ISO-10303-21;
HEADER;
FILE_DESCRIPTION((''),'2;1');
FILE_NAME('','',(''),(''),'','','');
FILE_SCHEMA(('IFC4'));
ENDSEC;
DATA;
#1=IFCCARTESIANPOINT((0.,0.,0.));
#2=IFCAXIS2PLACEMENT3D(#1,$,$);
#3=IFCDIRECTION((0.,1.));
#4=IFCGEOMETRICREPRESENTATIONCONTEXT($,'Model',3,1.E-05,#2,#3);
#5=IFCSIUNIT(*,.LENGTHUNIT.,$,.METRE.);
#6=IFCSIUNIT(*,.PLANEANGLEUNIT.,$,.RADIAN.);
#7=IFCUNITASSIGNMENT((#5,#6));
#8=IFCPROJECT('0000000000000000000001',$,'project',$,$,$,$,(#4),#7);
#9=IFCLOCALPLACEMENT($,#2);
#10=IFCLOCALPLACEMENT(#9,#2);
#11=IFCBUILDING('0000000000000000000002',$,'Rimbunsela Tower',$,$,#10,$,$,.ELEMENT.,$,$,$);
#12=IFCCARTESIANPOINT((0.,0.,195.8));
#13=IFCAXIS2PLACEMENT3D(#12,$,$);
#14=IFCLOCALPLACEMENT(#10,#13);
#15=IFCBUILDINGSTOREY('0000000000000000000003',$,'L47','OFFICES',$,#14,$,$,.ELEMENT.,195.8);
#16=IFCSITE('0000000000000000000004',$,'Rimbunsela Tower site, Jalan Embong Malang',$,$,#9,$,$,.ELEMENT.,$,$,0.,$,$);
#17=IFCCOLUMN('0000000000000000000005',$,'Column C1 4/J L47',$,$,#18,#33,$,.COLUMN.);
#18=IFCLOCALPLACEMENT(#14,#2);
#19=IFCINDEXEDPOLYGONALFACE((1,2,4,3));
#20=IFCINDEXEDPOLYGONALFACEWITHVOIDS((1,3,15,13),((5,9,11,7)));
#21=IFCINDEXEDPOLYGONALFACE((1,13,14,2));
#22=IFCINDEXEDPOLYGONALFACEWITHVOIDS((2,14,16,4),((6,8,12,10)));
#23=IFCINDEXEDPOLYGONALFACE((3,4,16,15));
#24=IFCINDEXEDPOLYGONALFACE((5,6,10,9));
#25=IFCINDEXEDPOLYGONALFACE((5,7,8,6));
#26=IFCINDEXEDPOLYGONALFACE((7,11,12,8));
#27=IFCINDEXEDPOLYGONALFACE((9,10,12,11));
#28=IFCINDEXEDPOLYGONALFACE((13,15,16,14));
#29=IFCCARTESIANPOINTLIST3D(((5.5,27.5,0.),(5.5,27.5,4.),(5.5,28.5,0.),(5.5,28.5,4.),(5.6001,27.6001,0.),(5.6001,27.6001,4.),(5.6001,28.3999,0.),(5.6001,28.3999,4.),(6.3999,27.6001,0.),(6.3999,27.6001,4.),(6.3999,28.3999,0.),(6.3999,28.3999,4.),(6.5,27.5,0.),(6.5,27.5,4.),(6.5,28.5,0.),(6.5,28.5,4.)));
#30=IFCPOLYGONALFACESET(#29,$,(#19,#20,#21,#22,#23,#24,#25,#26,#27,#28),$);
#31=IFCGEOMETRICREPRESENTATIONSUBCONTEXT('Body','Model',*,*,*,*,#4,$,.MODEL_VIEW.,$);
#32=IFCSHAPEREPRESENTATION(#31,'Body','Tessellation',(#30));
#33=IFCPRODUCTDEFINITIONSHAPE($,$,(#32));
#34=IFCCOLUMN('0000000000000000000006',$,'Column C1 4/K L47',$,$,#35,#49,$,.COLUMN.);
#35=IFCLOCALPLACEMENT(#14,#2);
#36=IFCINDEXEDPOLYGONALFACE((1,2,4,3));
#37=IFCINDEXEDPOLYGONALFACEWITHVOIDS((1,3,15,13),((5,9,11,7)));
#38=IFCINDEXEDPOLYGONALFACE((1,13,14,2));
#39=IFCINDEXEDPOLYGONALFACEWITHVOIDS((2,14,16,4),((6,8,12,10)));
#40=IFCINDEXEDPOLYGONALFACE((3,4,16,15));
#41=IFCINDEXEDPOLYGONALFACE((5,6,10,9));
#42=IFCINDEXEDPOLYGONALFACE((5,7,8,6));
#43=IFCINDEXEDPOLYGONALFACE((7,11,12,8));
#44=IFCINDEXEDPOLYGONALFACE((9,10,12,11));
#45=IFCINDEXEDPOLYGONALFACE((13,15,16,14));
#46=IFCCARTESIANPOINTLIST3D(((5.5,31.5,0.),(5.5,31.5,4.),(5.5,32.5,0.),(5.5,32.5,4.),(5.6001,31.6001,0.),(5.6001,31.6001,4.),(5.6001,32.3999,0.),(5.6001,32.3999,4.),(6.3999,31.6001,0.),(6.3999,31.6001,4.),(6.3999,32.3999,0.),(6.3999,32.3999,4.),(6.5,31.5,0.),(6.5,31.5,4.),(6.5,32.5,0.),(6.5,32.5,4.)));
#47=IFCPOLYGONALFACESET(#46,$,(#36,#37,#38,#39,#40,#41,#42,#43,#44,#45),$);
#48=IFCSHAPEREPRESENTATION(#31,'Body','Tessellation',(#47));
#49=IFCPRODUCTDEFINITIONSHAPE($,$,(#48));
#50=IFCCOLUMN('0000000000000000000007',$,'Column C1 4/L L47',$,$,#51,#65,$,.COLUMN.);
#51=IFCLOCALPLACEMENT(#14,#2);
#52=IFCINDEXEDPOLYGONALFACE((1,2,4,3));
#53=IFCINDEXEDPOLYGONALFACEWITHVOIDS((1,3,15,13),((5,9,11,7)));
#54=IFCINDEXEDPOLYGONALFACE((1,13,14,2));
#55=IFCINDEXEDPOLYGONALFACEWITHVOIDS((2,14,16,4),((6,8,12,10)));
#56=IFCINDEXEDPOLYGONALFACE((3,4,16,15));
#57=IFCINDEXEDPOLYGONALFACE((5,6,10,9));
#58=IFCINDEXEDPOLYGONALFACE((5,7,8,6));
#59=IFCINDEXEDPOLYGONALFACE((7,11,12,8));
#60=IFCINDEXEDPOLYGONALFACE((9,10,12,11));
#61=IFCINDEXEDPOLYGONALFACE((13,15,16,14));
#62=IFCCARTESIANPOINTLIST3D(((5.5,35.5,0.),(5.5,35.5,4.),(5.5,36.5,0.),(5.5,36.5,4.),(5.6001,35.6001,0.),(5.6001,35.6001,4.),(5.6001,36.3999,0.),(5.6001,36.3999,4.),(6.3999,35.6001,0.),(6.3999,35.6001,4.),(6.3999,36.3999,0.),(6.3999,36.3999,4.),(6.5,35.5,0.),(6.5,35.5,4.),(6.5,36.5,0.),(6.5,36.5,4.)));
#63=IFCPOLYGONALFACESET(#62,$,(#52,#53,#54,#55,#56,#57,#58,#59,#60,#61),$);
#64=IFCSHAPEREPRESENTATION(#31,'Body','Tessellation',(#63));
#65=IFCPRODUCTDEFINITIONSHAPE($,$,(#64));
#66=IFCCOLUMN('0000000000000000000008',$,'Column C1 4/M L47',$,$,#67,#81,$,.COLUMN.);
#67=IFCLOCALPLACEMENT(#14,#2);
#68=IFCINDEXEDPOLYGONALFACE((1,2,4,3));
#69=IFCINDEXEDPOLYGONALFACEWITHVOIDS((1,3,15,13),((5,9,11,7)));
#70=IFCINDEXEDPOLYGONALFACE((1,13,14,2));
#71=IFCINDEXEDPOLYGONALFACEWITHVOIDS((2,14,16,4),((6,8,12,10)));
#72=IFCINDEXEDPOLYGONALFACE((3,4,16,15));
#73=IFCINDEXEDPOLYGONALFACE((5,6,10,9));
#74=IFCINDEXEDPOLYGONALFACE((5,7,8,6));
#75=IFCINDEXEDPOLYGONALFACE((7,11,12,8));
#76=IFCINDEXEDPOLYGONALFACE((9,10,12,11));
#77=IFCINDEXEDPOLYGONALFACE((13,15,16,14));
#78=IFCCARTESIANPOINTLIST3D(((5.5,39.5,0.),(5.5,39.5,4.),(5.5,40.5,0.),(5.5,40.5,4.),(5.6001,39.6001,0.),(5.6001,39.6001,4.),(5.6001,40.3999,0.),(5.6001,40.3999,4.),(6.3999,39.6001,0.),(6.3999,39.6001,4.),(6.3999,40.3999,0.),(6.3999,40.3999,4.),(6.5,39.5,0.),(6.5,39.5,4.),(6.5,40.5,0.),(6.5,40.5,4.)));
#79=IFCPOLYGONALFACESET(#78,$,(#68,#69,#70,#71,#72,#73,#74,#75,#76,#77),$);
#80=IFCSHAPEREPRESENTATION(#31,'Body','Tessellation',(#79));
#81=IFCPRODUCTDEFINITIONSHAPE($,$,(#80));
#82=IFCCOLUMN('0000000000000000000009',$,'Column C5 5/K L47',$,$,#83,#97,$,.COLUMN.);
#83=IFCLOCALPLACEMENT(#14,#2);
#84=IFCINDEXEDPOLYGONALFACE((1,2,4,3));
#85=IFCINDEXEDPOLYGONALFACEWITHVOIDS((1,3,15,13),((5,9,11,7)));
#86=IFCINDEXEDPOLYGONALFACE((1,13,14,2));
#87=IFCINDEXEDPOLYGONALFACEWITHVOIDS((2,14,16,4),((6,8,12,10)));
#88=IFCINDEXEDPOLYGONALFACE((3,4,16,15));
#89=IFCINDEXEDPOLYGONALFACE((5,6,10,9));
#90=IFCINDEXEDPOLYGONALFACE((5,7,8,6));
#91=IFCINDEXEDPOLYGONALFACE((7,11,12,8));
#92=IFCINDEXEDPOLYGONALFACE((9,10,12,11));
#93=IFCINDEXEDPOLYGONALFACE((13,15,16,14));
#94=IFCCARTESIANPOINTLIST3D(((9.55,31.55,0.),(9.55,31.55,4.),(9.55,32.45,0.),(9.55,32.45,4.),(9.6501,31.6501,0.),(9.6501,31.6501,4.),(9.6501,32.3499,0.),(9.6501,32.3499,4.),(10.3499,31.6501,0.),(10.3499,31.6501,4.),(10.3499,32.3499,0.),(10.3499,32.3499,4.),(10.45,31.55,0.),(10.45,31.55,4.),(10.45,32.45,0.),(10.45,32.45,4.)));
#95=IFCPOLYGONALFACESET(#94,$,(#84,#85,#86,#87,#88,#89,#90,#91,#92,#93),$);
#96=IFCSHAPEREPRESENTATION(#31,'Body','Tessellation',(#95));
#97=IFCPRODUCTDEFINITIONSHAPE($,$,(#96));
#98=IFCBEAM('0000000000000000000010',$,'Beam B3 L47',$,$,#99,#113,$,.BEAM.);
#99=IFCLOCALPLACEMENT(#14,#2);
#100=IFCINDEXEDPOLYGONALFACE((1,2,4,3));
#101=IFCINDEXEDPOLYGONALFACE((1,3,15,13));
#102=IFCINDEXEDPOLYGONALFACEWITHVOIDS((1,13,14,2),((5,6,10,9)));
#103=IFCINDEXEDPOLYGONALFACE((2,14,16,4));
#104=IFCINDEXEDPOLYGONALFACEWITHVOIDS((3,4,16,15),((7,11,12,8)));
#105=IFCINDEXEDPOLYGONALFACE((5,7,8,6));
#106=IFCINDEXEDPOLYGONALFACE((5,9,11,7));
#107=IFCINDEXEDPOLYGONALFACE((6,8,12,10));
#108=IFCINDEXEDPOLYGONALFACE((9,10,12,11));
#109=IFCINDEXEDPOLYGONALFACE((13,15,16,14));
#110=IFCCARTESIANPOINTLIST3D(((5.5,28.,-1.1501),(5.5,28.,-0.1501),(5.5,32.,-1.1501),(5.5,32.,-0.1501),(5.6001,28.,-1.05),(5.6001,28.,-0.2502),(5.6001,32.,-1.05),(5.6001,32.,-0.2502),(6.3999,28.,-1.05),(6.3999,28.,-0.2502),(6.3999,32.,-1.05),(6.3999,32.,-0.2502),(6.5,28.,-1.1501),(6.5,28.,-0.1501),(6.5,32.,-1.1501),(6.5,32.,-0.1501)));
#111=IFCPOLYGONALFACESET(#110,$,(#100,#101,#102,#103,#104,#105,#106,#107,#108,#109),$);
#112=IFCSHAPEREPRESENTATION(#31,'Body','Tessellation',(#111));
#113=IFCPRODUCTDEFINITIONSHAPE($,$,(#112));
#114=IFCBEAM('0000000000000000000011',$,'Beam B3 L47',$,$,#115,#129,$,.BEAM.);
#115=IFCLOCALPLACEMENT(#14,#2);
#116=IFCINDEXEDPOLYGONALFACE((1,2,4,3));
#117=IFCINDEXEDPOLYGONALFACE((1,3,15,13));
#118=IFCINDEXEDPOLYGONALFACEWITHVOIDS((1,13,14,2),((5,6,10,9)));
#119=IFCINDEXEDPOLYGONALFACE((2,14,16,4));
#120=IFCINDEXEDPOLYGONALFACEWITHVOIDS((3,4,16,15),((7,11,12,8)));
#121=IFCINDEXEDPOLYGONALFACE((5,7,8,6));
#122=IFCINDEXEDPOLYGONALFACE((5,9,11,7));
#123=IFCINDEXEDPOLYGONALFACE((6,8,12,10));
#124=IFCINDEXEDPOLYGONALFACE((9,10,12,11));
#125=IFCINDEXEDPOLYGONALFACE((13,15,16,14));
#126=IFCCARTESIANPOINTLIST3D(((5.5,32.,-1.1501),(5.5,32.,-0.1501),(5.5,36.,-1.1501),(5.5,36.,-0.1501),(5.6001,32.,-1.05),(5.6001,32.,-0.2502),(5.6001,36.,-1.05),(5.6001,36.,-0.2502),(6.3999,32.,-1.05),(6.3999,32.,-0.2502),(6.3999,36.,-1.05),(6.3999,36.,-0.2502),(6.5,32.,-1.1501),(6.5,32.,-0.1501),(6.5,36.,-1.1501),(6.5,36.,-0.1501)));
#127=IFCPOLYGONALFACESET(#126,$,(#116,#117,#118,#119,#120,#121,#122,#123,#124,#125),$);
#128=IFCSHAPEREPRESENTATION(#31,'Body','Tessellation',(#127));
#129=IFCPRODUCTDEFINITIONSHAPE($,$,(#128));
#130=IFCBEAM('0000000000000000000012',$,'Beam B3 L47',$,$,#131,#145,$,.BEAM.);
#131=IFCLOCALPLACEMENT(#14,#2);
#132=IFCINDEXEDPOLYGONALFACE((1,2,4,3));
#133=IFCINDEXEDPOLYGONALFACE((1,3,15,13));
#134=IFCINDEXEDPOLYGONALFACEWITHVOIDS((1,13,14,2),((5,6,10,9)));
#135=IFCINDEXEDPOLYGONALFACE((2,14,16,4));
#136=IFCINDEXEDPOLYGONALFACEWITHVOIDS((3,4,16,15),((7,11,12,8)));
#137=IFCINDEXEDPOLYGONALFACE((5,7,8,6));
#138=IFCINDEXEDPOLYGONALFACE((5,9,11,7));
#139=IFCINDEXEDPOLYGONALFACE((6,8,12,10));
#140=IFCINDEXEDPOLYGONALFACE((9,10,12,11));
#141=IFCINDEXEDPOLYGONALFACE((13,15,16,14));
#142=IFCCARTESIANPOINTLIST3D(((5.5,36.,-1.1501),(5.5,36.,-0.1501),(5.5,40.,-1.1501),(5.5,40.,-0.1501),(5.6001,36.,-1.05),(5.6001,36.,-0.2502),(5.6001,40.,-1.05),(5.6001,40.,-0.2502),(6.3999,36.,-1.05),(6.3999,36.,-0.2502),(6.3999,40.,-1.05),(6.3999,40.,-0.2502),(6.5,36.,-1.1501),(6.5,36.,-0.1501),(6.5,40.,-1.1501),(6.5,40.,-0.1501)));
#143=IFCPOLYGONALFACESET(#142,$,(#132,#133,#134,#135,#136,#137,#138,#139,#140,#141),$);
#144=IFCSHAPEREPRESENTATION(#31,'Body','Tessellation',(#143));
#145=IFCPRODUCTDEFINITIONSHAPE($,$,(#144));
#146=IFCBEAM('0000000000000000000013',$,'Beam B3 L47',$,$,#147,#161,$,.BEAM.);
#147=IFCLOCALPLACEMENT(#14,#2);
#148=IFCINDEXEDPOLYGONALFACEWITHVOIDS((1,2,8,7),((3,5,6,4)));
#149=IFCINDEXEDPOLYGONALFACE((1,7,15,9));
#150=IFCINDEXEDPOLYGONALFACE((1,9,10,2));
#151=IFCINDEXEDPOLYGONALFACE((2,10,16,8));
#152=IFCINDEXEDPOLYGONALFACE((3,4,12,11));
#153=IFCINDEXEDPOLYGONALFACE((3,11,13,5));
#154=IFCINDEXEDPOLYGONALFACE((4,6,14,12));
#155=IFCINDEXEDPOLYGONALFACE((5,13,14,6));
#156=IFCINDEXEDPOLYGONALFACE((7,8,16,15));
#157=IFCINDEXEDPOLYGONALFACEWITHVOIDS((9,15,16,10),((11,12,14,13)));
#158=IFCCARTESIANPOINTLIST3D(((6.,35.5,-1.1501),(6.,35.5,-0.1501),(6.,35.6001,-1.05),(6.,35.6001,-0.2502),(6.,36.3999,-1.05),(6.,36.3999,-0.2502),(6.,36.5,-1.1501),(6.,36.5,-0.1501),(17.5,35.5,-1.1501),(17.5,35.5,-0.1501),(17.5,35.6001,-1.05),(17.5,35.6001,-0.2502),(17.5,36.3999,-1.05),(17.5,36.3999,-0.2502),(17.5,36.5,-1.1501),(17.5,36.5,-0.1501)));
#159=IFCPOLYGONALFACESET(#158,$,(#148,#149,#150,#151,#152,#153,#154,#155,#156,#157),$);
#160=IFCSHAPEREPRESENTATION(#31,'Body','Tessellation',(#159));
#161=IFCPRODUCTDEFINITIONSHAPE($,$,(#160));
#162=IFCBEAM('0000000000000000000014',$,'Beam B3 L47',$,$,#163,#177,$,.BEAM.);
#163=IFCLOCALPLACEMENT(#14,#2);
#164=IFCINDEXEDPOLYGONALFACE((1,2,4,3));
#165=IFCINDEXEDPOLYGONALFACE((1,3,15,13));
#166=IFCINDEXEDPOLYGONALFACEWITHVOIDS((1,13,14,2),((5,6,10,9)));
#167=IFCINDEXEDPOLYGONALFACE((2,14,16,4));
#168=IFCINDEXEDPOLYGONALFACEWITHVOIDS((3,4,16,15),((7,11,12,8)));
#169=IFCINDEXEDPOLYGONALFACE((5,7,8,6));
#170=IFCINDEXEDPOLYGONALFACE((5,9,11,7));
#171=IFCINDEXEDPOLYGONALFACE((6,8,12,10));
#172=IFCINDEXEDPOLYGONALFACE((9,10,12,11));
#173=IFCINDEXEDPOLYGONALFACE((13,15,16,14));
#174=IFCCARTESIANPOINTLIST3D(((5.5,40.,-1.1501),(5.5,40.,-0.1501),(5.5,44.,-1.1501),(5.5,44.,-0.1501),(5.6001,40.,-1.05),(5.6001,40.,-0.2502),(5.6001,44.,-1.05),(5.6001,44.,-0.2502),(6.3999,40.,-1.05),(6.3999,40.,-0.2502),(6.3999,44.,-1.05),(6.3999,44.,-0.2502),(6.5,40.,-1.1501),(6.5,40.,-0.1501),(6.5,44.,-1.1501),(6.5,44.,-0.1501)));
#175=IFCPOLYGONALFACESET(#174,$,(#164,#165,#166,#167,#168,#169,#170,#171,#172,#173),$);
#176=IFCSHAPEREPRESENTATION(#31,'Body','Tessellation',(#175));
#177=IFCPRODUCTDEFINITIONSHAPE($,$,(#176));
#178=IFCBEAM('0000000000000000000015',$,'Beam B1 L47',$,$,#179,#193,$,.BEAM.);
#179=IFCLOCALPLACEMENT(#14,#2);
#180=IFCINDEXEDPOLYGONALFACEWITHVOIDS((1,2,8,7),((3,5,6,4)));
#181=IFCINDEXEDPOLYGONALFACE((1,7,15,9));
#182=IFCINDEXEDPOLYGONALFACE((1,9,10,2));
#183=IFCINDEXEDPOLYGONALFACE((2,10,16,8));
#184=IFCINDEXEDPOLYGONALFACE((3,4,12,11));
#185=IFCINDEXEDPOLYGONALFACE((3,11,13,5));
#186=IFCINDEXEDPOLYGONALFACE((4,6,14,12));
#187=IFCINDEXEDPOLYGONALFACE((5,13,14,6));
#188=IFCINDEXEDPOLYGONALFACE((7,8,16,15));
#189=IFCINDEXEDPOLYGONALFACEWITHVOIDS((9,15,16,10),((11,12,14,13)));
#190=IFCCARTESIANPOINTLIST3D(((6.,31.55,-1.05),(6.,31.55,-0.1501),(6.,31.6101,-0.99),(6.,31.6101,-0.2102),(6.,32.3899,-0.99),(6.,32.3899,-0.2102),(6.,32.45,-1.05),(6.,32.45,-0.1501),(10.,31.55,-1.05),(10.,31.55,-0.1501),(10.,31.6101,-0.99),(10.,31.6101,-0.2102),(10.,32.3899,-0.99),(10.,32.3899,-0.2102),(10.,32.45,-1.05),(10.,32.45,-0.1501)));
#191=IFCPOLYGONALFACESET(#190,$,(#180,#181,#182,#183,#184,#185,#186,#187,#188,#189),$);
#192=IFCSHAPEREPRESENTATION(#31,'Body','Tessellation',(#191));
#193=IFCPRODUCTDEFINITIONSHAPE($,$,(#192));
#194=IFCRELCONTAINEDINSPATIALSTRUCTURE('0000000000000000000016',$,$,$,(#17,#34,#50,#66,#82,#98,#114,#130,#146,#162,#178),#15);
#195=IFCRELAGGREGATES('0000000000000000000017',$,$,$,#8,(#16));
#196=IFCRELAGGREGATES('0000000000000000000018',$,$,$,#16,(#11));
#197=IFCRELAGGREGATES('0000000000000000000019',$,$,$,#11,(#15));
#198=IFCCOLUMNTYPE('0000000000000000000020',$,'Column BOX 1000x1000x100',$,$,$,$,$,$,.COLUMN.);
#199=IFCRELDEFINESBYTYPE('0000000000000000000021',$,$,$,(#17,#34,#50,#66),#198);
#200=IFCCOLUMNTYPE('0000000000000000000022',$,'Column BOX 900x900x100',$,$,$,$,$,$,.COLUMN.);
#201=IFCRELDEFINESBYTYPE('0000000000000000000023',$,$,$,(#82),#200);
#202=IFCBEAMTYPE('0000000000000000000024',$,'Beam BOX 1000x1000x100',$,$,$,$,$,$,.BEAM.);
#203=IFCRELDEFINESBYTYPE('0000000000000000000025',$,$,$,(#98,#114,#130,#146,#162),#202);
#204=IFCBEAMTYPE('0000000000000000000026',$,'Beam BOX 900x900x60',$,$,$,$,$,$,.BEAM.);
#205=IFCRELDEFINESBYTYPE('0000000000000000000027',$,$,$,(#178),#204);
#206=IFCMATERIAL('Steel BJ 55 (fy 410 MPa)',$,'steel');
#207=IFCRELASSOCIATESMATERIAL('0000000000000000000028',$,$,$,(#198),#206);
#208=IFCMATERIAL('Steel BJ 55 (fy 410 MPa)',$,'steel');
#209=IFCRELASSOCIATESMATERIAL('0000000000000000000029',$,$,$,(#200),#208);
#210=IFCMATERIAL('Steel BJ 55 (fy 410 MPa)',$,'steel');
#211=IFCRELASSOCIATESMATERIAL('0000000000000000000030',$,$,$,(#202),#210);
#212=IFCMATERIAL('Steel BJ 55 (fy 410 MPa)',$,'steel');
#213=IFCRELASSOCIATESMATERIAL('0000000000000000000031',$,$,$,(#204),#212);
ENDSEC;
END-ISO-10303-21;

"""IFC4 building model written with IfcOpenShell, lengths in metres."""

from ifc_helpers import new_model, si_unit, direction, frame, origin, origin_2d, place, context, subcontext, project, spatial, hollow_rectangle, extrude, material, material_profile, profile_set, type_object, element, save


model = new_model("IFC4")

# Units and contexts
model_context = context("Model", 3, precision=1e-05, world=origin(), true_north=direction((0.0, 1.0)))
body_context = subcontext(model_context, "Body", "Model", "MODEL_VIEW")
ifc_project = project(units=[si_unit("LENGTHUNIT", "METRE"), si_unit("PLANEANGLEUNIT", "RADIAN")], contexts=[model_context])

# Site, building, storey
site_placement = place(None, origin())
site = spatial("IfcSite", under=ifc_project, at=site_placement, Name="Rimbunsela Tower site, Jalan Embong Malang", CompositionType="ELEMENT", RefElevation=0.0)
building_placement = place(site_placement, origin())
building = spatial("IfcBuilding", under=site, at=building_placement, Name="Rimbunsela Tower", CompositionType="ELEMENT")
storey_placement = place(building_placement, frame((0.0, 0.0, 195.8)))
storey = spatial("IfcBuildingStorey", under=building, at=storey_placement, Name="L47", Description="OFFICES", CompositionType="ELEMENT", Elevation=195.8)

# Columns
ifc_material_1 = material(Name="Steel BJ 55 (fy 410 MPa)", Category="steel")
ifc_material_profile_1 = material_profile(ifc_material_1, hollow_rectangle(XDim=1.0, YDim=1.0, WallThickness=0.1001, at=origin_2d()), Name="BOX 1000x1000x100")
ifc_profile_set_1 = profile_set([ifc_material_profile_1], Name="Steel BJ 55 (fy 410 MPa)")
column_type_1 = type_object("IfcColumnType", Name="Column BOX 1000x1000x100", PredefinedType="COLUMN", material=ifc_profile_set_1)
for number, where, z_axis, x_axis, name in (
    (1, (6.0, 28.0, 0.0), (0.0, 0.0, 1.0), (1.0, 0.0, 0.0), "Column C1 4/J L47"),
    (2, (6.0, 32.0, 0.0), (0.0, 0.0, 1.0), (1.0, 0.0, 0.0), "Column C1 4/K L47"),
    (3, (6.0, 36.0, 0.0), (0.0, 0.0, 1.0), (1.0, 0.0, 0.0), "Column C1 4/L L47"),
    (4, (6.0, 40.0, 0.0), (0.0, 0.0, 1.0), (1.0, 0.0, 0.0), "Column C1 4/M L47"),
):
    element("IfcColumn", number, at=place(storey_placement, frame(where, z_axis=z_axis, x_axis=x_axis)), inside=storey, type_object=column_type_1, Name=name, PredefinedType="COLUMN", context=body_context, shape_type="SweptSolid", body=[
        extrude(hollow_rectangle(XDim=1.0, YDim=1.0, WallThickness=0.1001, at=origin_2d()), origin(), (0.0, 0.0, 1.0), 4.0),
    ])
ifc_material_2 = material(Name="Steel BJ 55 (fy 410 MPa)", Category="steel")
ifc_material_profile_2 = material_profile(ifc_material_2, hollow_rectangle(XDim=0.8999, YDim=0.8999, WallThickness=0.1001, at=origin_2d()), Name="BOX 900x900x100")
ifc_profile_set_2 = profile_set([ifc_material_profile_2], Name="Steel BJ 55 (fy 410 MPa)")
column_type_2 = type_object("IfcColumnType", Name="Column BOX 900x900x100", PredefinedType="COLUMN", material=ifc_profile_set_2)
column_placement = place(storey_placement, frame((10.0, 32.0, 0.0), z_axis=(0.0, 0.0, 1.0), x_axis=(1.0, 0.0, 0.0)))
element("IfcColumn", 5, at=column_placement, inside=storey, type_object=column_type_2, Name="Column C5 5/K L47", PredefinedType="COLUMN", context=body_context, shape_type="SweptSolid", body=[
    extrude(hollow_rectangle(XDim=0.8999, YDim=0.8999, WallThickness=0.1001, at=origin_2d()), origin(), (0.0, 0.0, 1.0), 4.0),
])

# Beams
ifc_material_3 = material(Name="Steel BJ 55 (fy 410 MPa)", Category="steel")
ifc_material_profile_3 = material_profile(ifc_material_3, hollow_rectangle(XDim=1.0, YDim=1.0, WallThickness=0.1001, at=origin_2d()), Name="BOX 1000x1000x100")
ifc_profile_set_3 = profile_set([ifc_material_profile_3], Name="Steel BJ 55 (fy 410 MPa)")
beam_type_1 = type_object("IfcBeamType", Name="Beam BOX 1000x1000x100", PredefinedType="BEAM", material=ifc_profile_set_3)
for number, where, z_axis, x_axis, name in (
    (6, (6.0, 28.0, -0.6501), (0.0, 1.0, 0.0), (-1.0, 0.0, 0.0), "Beam B3 L47"),
    (7, (6.0, 32.0, -0.6501), (0.0, 1.0, 0.0), (-1.0, 0.0, 0.0), "Beam B3 L47"),
    (8, (6.0, 36.0, -0.6501), (0.0, 1.0, 0.0), (-1.0, 0.0, 0.0), "Beam B3 L47"),
):
    element("IfcBeam", number, at=place(storey_placement, frame(where, z_axis=z_axis, x_axis=x_axis)), inside=storey, type_object=beam_type_1, Name=name, PredefinedType="BEAM", context=body_context, shape_type="SweptSolid", body=[
        extrude(hollow_rectangle(XDim=1.0, YDim=1.0, WallThickness=0.1001, at=origin_2d()), origin(), (0.0, 0.0, 1.0), 4.0),
    ])
beam_1_placement = place(storey_placement, frame((6.0, 36.0, -0.6501), z_axis=(1.0, 0.0, 0.0), x_axis=(0.0, 1.0, 0.0)))
element("IfcBeam", 9, at=beam_1_placement, inside=storey, type_object=beam_type_1, Name="Beam B3 L47", PredefinedType="BEAM", context=body_context, shape_type="SweptSolid", body=[
    extrude(hollow_rectangle(XDim=1.0, YDim=1.0, WallThickness=0.1001, at=origin_2d()), origin(), (0.0, 0.0, 1.0), 11.5),
])
beam_2_placement = place(storey_placement, frame((6.0, 40.0, -0.6501), z_axis=(0.0, 1.0, 0.0), x_axis=(-1.0, 0.0, 0.0)))
element("IfcBeam", 10, at=beam_2_placement, inside=storey, type_object=beam_type_1, Name="Beam B3 L47", PredefinedType="BEAM", context=body_context, shape_type="SweptSolid", body=[
    extrude(hollow_rectangle(XDim=1.0, YDim=1.0, WallThickness=0.1001, at=origin_2d()), origin(), (0.0, 0.0, 1.0), 4.0),
])
ifc_material_4 = material(Name="Steel BJ 55 (fy 410 MPa)", Category="steel")
ifc_material_profile_4 = material_profile(ifc_material_4, hollow_rectangle(XDim=0.8999, YDim=0.8999, WallThickness=0.0601, at=origin_2d()), Name="BOX 900x900x60")
ifc_profile_set_4 = profile_set([ifc_material_profile_4], Name="Steel BJ 55 (fy 410 MPa)")
beam_type_2 = type_object("IfcBeamType", Name="Beam BOX 900x900x60", PredefinedType="BEAM", material=ifc_profile_set_4)
beam_3_placement = place(storey_placement, frame((6.0, 32.0, -0.6001), z_axis=(1.0, 0.0, 0.0), x_axis=(0.0, 1.0, 0.0)))
element("IfcBeam", 11, at=beam_3_placement, inside=storey, type_object=beam_type_2, Name="Beam B1 L47", PredefinedType="BEAM", context=body_context, shape_type="SweptSolid", body=[
    extrude(hollow_rectangle(XDim=0.8999, YDim=0.8999, WallThickness=0.0601, at=origin_2d()), origin(), (0.0, 0.0, 1.0), 4.0),
])

save(model, "model.ifc")
